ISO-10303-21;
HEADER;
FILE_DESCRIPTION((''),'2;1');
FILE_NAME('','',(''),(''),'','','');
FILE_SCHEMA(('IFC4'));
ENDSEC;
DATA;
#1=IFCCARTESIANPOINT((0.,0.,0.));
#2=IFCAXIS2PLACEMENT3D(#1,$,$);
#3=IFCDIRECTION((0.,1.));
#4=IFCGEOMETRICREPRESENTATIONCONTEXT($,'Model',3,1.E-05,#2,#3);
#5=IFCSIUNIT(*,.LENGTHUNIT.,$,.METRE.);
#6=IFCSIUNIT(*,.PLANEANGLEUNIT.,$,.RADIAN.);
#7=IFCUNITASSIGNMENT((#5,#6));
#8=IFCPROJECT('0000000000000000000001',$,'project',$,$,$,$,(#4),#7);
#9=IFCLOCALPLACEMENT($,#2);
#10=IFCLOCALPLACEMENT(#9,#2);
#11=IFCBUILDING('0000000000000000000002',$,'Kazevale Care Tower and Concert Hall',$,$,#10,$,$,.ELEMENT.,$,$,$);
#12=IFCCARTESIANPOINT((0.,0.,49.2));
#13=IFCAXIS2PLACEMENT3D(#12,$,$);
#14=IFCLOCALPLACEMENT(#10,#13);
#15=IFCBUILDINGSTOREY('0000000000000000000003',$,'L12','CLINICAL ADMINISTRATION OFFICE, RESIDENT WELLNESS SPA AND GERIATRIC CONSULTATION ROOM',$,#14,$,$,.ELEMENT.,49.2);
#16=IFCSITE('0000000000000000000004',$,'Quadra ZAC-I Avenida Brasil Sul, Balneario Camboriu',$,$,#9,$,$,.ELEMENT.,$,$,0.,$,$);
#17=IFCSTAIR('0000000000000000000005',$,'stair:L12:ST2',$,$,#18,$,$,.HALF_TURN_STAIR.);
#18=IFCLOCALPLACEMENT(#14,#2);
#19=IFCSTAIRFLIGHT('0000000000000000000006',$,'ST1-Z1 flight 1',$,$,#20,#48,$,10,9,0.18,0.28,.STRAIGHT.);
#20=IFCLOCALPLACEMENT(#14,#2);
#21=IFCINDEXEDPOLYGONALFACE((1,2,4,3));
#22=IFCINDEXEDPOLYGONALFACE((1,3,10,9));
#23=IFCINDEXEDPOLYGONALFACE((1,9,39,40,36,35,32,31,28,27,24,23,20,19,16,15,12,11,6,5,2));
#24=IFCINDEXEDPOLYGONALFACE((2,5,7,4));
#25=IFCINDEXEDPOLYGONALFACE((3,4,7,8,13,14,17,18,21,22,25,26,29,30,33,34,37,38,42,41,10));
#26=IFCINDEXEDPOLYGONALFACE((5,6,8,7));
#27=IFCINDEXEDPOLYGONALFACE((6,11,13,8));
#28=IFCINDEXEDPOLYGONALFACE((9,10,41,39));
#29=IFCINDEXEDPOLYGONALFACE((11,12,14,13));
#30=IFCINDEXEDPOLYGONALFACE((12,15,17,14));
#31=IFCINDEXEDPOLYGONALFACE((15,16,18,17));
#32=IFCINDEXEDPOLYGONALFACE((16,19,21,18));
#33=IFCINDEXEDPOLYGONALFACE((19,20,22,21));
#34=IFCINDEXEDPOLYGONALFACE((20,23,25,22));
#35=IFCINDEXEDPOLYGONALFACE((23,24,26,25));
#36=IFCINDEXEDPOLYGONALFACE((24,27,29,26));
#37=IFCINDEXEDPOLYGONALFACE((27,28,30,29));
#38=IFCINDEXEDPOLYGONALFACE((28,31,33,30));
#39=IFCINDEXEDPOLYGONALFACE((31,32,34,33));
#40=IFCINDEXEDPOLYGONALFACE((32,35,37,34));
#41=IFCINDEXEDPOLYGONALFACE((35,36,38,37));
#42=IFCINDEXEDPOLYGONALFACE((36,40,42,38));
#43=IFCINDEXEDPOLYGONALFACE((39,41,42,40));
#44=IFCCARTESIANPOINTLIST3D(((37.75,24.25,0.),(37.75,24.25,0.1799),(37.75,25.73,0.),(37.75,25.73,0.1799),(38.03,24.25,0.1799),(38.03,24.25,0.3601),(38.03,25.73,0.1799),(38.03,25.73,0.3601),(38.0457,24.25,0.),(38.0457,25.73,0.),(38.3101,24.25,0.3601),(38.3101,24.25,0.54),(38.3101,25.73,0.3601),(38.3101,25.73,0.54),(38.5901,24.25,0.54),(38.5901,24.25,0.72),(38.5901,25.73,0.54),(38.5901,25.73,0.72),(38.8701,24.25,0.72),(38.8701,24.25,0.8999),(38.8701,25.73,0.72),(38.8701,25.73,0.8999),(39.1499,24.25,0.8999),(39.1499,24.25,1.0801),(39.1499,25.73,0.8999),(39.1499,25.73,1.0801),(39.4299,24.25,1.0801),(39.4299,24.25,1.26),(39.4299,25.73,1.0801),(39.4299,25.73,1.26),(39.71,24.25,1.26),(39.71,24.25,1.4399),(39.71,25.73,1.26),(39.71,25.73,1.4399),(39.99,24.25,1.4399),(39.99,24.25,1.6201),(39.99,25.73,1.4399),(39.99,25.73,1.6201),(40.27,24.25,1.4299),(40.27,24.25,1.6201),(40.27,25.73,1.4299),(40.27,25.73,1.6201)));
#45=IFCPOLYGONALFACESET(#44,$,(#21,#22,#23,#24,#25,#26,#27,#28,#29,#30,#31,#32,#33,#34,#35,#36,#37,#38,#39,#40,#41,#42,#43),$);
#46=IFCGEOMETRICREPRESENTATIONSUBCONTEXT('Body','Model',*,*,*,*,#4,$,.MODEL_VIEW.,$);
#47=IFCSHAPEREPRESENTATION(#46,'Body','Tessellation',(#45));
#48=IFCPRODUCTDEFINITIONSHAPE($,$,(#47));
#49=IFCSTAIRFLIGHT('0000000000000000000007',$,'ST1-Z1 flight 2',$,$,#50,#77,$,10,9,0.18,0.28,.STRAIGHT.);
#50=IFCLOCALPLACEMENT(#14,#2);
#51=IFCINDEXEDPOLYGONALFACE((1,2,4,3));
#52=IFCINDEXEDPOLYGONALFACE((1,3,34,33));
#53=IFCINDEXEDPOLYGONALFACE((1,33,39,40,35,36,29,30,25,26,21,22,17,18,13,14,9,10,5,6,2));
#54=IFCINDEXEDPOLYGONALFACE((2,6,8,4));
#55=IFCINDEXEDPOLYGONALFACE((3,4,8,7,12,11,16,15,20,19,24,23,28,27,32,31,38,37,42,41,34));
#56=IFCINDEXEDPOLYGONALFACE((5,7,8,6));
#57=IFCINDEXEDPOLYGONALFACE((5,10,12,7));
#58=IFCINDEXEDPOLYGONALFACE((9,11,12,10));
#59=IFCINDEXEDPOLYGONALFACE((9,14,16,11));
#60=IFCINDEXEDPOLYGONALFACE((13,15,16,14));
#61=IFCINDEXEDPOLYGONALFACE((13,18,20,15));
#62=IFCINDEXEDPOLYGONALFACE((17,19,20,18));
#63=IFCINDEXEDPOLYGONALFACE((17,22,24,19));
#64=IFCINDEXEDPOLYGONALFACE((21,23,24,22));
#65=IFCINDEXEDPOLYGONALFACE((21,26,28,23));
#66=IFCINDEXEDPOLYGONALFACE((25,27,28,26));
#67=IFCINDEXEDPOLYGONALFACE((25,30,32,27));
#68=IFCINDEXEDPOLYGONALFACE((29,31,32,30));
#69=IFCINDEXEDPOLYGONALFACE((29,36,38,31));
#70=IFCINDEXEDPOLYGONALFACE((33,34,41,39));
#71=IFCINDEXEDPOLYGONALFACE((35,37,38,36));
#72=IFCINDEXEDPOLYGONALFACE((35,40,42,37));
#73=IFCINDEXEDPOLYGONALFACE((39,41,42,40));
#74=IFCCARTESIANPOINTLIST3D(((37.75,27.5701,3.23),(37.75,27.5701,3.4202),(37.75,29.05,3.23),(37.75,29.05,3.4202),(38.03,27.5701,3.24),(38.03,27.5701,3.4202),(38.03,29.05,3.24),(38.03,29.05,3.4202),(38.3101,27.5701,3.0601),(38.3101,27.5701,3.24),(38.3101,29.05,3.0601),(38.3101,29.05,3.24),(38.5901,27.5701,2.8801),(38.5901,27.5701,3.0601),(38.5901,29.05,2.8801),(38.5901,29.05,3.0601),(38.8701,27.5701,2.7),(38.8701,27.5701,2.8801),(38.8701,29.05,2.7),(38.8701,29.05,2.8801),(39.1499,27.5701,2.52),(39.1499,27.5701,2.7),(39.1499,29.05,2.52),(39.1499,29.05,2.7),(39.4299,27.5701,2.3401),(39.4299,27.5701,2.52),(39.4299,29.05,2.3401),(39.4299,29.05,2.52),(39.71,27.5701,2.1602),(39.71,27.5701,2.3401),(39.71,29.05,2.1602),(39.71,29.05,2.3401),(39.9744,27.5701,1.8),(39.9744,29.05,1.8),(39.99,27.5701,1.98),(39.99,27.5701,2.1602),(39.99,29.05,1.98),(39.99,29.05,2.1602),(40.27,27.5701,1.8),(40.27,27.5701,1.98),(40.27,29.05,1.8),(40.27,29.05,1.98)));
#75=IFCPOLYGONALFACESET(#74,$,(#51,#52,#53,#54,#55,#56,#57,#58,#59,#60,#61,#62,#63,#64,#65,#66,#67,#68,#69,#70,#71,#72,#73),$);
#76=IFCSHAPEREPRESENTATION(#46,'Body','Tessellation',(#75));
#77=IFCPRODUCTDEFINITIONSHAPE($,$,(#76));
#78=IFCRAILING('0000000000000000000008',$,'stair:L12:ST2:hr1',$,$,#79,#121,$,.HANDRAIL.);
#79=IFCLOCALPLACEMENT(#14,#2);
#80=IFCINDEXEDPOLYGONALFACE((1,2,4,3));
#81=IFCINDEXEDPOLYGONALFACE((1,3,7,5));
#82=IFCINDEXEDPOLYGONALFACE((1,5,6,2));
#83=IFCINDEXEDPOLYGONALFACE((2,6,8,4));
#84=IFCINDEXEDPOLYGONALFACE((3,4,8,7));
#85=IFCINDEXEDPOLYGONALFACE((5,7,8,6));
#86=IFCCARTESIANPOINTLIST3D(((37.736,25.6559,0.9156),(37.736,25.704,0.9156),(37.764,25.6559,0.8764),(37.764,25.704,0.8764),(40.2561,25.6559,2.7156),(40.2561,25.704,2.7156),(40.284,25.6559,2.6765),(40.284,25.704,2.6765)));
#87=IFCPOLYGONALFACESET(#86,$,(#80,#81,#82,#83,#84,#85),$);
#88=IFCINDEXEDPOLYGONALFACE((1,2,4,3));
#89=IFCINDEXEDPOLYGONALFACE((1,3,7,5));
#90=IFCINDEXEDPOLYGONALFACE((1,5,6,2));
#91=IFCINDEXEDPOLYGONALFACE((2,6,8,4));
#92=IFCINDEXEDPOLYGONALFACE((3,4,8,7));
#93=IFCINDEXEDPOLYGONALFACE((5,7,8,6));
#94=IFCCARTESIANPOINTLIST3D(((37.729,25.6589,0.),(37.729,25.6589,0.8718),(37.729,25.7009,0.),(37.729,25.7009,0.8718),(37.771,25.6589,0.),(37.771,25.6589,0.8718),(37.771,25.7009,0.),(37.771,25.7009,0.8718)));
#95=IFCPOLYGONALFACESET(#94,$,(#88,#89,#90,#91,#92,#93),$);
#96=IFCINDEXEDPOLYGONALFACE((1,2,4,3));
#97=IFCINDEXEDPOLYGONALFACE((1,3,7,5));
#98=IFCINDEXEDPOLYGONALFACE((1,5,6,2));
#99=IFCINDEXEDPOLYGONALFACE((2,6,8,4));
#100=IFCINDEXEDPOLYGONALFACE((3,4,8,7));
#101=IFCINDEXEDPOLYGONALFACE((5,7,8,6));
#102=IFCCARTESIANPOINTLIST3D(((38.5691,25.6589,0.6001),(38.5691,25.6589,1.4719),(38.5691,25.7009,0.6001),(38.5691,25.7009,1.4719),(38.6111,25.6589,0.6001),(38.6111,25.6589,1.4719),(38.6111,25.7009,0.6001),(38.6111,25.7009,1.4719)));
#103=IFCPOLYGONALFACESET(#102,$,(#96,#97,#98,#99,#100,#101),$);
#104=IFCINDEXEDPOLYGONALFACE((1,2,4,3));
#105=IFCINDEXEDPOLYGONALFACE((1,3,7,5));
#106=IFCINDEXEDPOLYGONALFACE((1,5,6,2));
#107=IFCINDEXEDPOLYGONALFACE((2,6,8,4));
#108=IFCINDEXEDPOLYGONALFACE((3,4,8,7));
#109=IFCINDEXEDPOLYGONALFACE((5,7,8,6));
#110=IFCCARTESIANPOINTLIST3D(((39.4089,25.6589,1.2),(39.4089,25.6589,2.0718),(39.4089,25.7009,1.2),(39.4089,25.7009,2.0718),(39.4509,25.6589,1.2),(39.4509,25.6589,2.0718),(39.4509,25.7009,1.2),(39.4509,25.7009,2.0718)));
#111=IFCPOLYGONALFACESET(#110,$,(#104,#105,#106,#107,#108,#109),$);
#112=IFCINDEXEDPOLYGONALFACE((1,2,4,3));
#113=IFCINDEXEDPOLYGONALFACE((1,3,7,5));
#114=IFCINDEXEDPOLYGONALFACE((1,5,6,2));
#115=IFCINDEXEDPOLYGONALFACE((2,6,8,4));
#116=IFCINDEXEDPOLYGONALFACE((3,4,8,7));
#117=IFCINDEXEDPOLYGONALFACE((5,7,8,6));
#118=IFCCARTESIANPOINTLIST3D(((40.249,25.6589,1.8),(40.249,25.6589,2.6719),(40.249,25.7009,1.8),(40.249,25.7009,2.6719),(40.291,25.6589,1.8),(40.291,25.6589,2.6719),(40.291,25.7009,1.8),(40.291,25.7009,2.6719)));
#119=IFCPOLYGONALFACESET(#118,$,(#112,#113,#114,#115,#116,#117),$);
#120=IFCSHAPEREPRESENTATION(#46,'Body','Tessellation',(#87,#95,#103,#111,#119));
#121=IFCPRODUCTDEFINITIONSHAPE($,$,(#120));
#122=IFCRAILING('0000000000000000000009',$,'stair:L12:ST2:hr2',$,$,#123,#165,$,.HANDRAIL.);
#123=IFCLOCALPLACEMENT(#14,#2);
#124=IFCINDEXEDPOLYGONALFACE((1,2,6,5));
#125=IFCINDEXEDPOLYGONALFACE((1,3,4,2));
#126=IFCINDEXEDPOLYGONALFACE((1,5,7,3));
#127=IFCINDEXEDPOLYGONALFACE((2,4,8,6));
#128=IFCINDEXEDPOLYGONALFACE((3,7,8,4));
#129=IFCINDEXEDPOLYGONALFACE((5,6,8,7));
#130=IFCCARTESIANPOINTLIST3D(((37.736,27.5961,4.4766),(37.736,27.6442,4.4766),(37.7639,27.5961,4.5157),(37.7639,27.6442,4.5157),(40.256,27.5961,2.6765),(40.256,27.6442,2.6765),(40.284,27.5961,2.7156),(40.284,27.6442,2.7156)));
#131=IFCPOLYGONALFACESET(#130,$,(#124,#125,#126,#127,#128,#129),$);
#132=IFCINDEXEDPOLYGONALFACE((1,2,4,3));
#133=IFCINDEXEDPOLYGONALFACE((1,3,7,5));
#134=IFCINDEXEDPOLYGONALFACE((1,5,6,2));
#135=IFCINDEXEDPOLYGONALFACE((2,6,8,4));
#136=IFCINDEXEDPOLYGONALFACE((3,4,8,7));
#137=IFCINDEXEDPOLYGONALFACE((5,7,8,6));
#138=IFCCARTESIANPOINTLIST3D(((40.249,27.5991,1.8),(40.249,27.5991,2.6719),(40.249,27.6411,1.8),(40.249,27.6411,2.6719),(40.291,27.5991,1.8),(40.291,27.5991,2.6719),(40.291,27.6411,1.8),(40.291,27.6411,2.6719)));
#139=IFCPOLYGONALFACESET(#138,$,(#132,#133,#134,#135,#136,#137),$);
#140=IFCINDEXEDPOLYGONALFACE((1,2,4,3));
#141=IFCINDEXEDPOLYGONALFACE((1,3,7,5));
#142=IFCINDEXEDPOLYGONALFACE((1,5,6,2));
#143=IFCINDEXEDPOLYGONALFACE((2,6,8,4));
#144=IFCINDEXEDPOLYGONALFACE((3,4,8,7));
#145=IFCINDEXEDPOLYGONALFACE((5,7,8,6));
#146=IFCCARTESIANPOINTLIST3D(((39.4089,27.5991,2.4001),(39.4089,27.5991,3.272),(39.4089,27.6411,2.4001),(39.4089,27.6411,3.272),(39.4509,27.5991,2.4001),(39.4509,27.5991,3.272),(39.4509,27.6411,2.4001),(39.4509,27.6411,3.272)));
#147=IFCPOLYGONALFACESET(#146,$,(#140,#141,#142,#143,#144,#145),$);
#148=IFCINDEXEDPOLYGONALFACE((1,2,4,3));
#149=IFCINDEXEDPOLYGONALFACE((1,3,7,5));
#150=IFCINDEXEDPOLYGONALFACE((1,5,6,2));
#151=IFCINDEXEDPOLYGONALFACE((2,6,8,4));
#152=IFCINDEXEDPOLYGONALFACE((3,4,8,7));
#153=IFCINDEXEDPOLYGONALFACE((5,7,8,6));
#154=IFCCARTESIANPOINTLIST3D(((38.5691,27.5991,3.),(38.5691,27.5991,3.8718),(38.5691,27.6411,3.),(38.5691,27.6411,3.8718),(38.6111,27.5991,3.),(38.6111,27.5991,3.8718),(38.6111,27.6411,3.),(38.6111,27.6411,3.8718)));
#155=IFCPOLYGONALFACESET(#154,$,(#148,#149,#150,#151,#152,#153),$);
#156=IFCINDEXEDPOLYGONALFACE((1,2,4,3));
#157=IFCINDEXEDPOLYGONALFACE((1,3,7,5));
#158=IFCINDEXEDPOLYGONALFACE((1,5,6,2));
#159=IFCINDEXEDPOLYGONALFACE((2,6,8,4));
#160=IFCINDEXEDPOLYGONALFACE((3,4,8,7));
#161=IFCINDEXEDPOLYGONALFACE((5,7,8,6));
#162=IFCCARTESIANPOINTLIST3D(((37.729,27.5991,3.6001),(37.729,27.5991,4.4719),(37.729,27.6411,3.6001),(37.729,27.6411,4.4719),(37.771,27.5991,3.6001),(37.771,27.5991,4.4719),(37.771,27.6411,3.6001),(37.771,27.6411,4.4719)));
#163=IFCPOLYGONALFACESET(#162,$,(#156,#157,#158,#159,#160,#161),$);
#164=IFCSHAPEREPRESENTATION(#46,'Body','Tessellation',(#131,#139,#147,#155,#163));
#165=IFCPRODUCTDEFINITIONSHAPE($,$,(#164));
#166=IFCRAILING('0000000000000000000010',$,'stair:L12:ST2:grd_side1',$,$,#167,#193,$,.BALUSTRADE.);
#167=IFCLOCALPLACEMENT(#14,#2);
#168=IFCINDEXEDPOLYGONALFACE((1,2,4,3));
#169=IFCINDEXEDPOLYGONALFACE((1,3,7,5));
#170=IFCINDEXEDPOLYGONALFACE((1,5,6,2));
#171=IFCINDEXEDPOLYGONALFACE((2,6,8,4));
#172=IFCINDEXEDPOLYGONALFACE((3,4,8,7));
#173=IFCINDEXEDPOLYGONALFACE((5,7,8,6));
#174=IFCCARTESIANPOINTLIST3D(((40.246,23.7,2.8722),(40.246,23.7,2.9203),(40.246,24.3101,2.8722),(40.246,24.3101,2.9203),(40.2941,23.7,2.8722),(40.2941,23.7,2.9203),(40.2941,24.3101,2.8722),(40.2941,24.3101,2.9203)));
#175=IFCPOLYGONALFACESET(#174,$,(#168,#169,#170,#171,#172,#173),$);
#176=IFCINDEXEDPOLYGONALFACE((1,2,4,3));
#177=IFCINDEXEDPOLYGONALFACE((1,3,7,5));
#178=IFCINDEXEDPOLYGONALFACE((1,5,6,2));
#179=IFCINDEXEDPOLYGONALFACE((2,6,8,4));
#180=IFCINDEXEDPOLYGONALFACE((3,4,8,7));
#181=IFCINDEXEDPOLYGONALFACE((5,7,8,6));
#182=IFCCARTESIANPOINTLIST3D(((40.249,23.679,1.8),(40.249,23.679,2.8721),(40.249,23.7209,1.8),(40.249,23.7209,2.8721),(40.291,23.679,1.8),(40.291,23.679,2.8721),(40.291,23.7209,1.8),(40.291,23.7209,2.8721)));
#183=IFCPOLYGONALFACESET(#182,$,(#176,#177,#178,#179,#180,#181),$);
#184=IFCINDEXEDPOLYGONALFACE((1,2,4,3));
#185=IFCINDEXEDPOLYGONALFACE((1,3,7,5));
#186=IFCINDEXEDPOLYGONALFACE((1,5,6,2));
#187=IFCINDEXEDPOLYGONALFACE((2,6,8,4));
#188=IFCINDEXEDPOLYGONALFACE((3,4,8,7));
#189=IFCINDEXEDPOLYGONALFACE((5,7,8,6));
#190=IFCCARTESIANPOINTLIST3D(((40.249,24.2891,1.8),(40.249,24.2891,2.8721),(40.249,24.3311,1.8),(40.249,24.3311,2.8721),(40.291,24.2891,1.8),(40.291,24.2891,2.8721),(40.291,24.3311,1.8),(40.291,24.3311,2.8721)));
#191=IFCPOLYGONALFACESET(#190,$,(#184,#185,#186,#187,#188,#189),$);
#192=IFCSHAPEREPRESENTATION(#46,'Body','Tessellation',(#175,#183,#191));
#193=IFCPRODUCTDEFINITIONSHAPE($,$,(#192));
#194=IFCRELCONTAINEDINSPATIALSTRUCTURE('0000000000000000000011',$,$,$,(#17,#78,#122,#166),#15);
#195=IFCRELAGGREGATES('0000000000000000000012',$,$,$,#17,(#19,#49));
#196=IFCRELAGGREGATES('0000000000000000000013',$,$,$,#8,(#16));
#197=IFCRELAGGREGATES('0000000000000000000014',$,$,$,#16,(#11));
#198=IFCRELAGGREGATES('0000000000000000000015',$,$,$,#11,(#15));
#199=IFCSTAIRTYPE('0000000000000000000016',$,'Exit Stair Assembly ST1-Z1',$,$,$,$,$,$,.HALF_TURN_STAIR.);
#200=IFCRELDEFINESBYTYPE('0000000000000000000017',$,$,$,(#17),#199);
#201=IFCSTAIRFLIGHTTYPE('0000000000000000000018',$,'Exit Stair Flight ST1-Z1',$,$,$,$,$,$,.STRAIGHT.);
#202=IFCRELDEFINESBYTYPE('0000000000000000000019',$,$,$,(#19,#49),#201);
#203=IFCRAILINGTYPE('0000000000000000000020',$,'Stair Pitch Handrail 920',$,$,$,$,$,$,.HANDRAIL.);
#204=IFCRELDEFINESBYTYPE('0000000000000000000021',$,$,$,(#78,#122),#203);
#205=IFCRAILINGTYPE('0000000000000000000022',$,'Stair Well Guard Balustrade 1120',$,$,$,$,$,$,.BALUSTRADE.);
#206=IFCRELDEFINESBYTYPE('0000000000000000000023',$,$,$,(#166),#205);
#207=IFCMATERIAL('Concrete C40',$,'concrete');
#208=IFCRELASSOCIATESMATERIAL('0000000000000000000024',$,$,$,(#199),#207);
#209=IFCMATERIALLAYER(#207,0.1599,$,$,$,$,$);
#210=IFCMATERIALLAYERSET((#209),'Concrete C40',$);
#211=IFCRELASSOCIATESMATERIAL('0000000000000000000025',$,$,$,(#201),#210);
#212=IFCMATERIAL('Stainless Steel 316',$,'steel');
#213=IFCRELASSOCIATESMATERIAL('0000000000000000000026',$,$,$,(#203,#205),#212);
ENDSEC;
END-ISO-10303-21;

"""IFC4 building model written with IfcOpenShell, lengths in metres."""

from ifc_helpers import new_model, si_unit, direction, frame, origin, origin_2d, place, context, subcontext, project, spatial, polyline, rectangle, outline, extrude, material, layer, layer_set, type_object, element, aggregate, save


model = new_model("IFC4")

# Units and contexts
model_context = context("Model", 3, precision=1e-05, world=origin(), true_north=direction((0.0, 1.0)))
body_context = subcontext(model_context, "Body", "Model", "MODEL_VIEW")
ifc_project = project(units=[si_unit("LENGTHUNIT", "METRE"), si_unit("PLANEANGLEUNIT", "RADIAN")], contexts=[model_context])

# Site, building, storey
site_placement = place(None, origin())
site = spatial("IfcSite", under=ifc_project, at=site_placement, Name="Quadra ZAC-I Avenida Brasil Sul, Balneario Camboriu", CompositionType="ELEMENT", RefElevation=0.0)
building_placement = place(site_placement, origin())
building = spatial("IfcBuilding", under=site, at=building_placement, Name="Kazevale Care Tower and Concert Hall", CompositionType="ELEMENT")
storey_placement = place(building_placement, frame((0.0, 0.0, 49.2)))
storey = spatial("IfcBuildingStorey", under=building, at=storey_placement, Name="L12", Description="CLINICAL ADMINISTRATION OFFICE, RESIDENT WELLNESS SPA AND GERIATRIC CONSULTATION ROOM", CompositionType="ELEMENT", Elevation=49.2)

# Shared definitions
ifc_material_1 = material(Name="Concrete C40", Category="concrete")

# Stair, stair flights
stair_type = type_object("IfcStairType", Name="Exit Stair Assembly ST1-Z1", PredefinedType="HALF_TURN_STAIR", material=ifc_material_1)
stair_placement = place(storey_placement, origin())
stair = element("IfcStair", 1, at=stair_placement, inside=storey, type_object=stair_type, Name="stair:L12:ST2", PredefinedType="HALF_TURN_STAIR")
ifc_layer_1 = layer(ifc_material_1, 0.1599)
ifc_layer_set_1 = layer_set([ifc_layer_1], Name="Concrete C40")
stair_flight_type = type_object("IfcStairFlightType", Name="Exit Stair Flight ST1-Z1", PredefinedType="STRAIGHT", material=ifc_layer_set_1)
stair_flight_1_placement = place(storey_placement, frame((37.75, 24.99, 0.0), z_axis=(0.0, 0.0, 1.0), x_axis=(1.0, 0.0, 0.0)))
stair_flight_1 = element("IfcStairFlight", 2, at=stair_flight_1_placement, type_object=stair_flight_type, Name="ST1-Z1 flight 1", NumberOfRisers=10, NumberOfTreads=9, PredefinedType="STRAIGHT", RiserHeight=0.18, TreadLength=0.28, context=body_context, shape_type="SweptSolid", body=[
    extrude(outline(polyline([(0.0, 0.0), (0.0, 0.1799), (0.28, 0.1799), (0.28, 0.3601), (0.5601, 0.3601), (0.5601, 0.54), (0.8401, 0.54), (0.8401, 0.72), (1.1201, 0.72), (1.1201, 0.8999), (1.3999, 0.8999), (1.3999, 1.0801), (1.6799, 1.0801), (1.6799, 1.26), (1.96, 1.26), (1.96, 1.4399), (2.24, 1.4399), (2.24, 1.6201), (2.52, 1.6201), (2.52, 1.8), (2.52, 1.4299), (0.2957, 0.0), (0.0, 0.0)])), frame((0.0, 0.74, 0.0), z_axis=(0.0, -1.0, 0.0), x_axis=(1.0, 0.0, 0.0)), (0.0, 0.0, 1.0), 1.48),
])
stair_flight_2_placement = place(storey_placement, frame((40.27, 28.3101, 1.8), z_axis=(0.0, 0.0, 1.0), x_axis=(-1.0, 0.0, 0.0)))
stair_flight_2 = element("IfcStairFlight", 3, at=stair_flight_2_placement, type_object=stair_flight_type, Name="ST1-Z1 flight 2", NumberOfRisers=10, NumberOfTreads=9, PredefinedType="STRAIGHT", RiserHeight=0.18, TreadLength=0.28, context=body_context, shape_type="SweptSolid", body=[
    extrude(outline(polyline([(0.0, 0.0), (0.0, 0.1799), (0.28, 0.1799), (0.28, 0.3601), (0.5601, 0.3601), (0.5601, 0.54), (0.8401, 0.54), (0.8401, 0.72), (1.1201, 0.72), (1.1201, 0.8999), (1.3999, 0.8999), (1.3999, 1.0801), (1.6799, 1.0801), (1.6799, 1.26), (1.96, 1.26), (1.96, 1.4399), (2.24, 1.4399), (2.24, 1.6201), (2.52, 1.6201), (2.52, 1.8), (2.52, 1.4299), (0.2957, 0.0), (0.0, 0.0)])), frame((0.0, 0.74, 0.0), z_axis=(0.0, -1.0, 0.0), x_axis=(1.0, 0.0, 0.0)), (0.0, 0.0, 1.0), 1.48),
])
aggregate(stair, [stair_flight_1, stair_flight_2])

# Railings
ifc_material_2 = material(Name="Stainless Steel 316", Category="steel")
railing_type_1 = type_object("IfcRailingType", Name="Stair Pitch Handrail 920", PredefinedType="HANDRAIL", material=ifc_material_2)
railing_1_placement = place(storey_placement, frame((37.75, 25.6799, 0.0)))
element("IfcRailing", 4, at=railing_1_placement, inside=storey, type_object=railing_type_1, Name="stair:L12:ST2:hr1", PredefinedType="HANDRAIL", context=body_context, shape_type="SweptSolid", body=[
    extrude(rectangle(XDim=0.0481, YDim=0.0481, at=origin_2d()), frame((0.0, 0.0, 0.896), z_axis=(0.813728, 0.0, 0.581246), x_axis=(0.0, 1.0, 0.0)), (0.0, 0.0, 1.0), 3.0969),
    extrude(rectangle(XDim=0.042, YDim=0.042, at=origin_2d()), origin(), (0.0, 0.0, 1.0), 0.8718),
    extrude(rectangle(XDim=0.042, YDim=0.042, at=origin_2d()), frame((0.8401, 0.0, 0.6001)), (0.0, 0.0, 1.0), 0.8718),
    extrude(rectangle(XDim=0.042, YDim=0.042, at=origin_2d()), frame((1.6799, 0.0, 1.2)), (0.0, 0.0, 1.0), 0.8718),
    extrude(rectangle(XDim=0.042, YDim=0.042, at=origin_2d()), frame((2.52, 0.0, 1.8)), (0.0, 0.0, 1.0), 0.8718),
])
railing_2_placement = place(storey_placement, frame((40.27, 27.6201, 1.8)))
element("IfcRailing", 5, at=railing_2_placement, inside=storey, type_object=railing_type_1, Name="stair:L12:ST2:hr2", PredefinedType="HANDRAIL", context=body_context, shape_type="SweptSolid", body=[
    extrude(rectangle(XDim=0.0481, YDim=0.0481, at=origin_2d()), frame((0.0, 0.0, 0.896), z_axis=(-0.813728, 0.0, 0.581246), x_axis=(0.0, -1.0, 0.0)), (0.0, 0.0, 1.0), 3.0969),
    extrude(rectangle(XDim=0.042, YDim=0.042, at=origin_2d()), origin(), (0.0, 0.0, 1.0), 0.8718),
    extrude(rectangle(XDim=0.042, YDim=0.042, at=origin_2d()), frame((-0.8401, 0.0, 0.6001)), (0.0, 0.0, 1.0), 0.8718),
    extrude(rectangle(XDim=0.042, YDim=0.042, at=origin_2d()), frame((-1.6799, 0.0, 1.2)), (0.0, 0.0, 1.0), 0.8718),
    extrude(rectangle(XDim=0.042, YDim=0.042, at=origin_2d()), frame((-2.52, 0.0, 1.8)), (0.0, 0.0, 1.0), 0.8718),
])
railing_type_2 = type_object("IfcRailingType", Name="Stair Well Guard Balustrade 1120", PredefinedType="BALUSTRADE", material=ifc_material_2)
railing_3_placement = place(storey_placement, frame((40.27, 23.7, 1.8)))
element("IfcRailing", 6, at=railing_3_placement, inside=storey, type_object=railing_type_2, Name="stair:L12:ST2:grd_side1", PredefinedType="BALUSTRADE", context=body_context, shape_type="SweptSolid", body=[
    extrude(rectangle(XDim=0.0481, YDim=0.0481, at=origin_2d()), frame((0.0, 0.0, 1.0962), z_axis=(0.0, 1.0, 0.0), x_axis=(-1.0, 0.0, 0.0)), (0.0, 0.0, 1.0), 0.6101),
    extrude(rectangle(XDim=0.042, YDim=0.042, at=origin_2d()), origin(), (0.0, 0.0, 1.0), 1.072),
    extrude(rectangle(XDim=0.042, YDim=0.042, at=origin_2d()), frame((0.0, 0.6101, 0.0)), (0.0, 0.0, 1.0), 1.072),
])

save(model, "model.ifc")
